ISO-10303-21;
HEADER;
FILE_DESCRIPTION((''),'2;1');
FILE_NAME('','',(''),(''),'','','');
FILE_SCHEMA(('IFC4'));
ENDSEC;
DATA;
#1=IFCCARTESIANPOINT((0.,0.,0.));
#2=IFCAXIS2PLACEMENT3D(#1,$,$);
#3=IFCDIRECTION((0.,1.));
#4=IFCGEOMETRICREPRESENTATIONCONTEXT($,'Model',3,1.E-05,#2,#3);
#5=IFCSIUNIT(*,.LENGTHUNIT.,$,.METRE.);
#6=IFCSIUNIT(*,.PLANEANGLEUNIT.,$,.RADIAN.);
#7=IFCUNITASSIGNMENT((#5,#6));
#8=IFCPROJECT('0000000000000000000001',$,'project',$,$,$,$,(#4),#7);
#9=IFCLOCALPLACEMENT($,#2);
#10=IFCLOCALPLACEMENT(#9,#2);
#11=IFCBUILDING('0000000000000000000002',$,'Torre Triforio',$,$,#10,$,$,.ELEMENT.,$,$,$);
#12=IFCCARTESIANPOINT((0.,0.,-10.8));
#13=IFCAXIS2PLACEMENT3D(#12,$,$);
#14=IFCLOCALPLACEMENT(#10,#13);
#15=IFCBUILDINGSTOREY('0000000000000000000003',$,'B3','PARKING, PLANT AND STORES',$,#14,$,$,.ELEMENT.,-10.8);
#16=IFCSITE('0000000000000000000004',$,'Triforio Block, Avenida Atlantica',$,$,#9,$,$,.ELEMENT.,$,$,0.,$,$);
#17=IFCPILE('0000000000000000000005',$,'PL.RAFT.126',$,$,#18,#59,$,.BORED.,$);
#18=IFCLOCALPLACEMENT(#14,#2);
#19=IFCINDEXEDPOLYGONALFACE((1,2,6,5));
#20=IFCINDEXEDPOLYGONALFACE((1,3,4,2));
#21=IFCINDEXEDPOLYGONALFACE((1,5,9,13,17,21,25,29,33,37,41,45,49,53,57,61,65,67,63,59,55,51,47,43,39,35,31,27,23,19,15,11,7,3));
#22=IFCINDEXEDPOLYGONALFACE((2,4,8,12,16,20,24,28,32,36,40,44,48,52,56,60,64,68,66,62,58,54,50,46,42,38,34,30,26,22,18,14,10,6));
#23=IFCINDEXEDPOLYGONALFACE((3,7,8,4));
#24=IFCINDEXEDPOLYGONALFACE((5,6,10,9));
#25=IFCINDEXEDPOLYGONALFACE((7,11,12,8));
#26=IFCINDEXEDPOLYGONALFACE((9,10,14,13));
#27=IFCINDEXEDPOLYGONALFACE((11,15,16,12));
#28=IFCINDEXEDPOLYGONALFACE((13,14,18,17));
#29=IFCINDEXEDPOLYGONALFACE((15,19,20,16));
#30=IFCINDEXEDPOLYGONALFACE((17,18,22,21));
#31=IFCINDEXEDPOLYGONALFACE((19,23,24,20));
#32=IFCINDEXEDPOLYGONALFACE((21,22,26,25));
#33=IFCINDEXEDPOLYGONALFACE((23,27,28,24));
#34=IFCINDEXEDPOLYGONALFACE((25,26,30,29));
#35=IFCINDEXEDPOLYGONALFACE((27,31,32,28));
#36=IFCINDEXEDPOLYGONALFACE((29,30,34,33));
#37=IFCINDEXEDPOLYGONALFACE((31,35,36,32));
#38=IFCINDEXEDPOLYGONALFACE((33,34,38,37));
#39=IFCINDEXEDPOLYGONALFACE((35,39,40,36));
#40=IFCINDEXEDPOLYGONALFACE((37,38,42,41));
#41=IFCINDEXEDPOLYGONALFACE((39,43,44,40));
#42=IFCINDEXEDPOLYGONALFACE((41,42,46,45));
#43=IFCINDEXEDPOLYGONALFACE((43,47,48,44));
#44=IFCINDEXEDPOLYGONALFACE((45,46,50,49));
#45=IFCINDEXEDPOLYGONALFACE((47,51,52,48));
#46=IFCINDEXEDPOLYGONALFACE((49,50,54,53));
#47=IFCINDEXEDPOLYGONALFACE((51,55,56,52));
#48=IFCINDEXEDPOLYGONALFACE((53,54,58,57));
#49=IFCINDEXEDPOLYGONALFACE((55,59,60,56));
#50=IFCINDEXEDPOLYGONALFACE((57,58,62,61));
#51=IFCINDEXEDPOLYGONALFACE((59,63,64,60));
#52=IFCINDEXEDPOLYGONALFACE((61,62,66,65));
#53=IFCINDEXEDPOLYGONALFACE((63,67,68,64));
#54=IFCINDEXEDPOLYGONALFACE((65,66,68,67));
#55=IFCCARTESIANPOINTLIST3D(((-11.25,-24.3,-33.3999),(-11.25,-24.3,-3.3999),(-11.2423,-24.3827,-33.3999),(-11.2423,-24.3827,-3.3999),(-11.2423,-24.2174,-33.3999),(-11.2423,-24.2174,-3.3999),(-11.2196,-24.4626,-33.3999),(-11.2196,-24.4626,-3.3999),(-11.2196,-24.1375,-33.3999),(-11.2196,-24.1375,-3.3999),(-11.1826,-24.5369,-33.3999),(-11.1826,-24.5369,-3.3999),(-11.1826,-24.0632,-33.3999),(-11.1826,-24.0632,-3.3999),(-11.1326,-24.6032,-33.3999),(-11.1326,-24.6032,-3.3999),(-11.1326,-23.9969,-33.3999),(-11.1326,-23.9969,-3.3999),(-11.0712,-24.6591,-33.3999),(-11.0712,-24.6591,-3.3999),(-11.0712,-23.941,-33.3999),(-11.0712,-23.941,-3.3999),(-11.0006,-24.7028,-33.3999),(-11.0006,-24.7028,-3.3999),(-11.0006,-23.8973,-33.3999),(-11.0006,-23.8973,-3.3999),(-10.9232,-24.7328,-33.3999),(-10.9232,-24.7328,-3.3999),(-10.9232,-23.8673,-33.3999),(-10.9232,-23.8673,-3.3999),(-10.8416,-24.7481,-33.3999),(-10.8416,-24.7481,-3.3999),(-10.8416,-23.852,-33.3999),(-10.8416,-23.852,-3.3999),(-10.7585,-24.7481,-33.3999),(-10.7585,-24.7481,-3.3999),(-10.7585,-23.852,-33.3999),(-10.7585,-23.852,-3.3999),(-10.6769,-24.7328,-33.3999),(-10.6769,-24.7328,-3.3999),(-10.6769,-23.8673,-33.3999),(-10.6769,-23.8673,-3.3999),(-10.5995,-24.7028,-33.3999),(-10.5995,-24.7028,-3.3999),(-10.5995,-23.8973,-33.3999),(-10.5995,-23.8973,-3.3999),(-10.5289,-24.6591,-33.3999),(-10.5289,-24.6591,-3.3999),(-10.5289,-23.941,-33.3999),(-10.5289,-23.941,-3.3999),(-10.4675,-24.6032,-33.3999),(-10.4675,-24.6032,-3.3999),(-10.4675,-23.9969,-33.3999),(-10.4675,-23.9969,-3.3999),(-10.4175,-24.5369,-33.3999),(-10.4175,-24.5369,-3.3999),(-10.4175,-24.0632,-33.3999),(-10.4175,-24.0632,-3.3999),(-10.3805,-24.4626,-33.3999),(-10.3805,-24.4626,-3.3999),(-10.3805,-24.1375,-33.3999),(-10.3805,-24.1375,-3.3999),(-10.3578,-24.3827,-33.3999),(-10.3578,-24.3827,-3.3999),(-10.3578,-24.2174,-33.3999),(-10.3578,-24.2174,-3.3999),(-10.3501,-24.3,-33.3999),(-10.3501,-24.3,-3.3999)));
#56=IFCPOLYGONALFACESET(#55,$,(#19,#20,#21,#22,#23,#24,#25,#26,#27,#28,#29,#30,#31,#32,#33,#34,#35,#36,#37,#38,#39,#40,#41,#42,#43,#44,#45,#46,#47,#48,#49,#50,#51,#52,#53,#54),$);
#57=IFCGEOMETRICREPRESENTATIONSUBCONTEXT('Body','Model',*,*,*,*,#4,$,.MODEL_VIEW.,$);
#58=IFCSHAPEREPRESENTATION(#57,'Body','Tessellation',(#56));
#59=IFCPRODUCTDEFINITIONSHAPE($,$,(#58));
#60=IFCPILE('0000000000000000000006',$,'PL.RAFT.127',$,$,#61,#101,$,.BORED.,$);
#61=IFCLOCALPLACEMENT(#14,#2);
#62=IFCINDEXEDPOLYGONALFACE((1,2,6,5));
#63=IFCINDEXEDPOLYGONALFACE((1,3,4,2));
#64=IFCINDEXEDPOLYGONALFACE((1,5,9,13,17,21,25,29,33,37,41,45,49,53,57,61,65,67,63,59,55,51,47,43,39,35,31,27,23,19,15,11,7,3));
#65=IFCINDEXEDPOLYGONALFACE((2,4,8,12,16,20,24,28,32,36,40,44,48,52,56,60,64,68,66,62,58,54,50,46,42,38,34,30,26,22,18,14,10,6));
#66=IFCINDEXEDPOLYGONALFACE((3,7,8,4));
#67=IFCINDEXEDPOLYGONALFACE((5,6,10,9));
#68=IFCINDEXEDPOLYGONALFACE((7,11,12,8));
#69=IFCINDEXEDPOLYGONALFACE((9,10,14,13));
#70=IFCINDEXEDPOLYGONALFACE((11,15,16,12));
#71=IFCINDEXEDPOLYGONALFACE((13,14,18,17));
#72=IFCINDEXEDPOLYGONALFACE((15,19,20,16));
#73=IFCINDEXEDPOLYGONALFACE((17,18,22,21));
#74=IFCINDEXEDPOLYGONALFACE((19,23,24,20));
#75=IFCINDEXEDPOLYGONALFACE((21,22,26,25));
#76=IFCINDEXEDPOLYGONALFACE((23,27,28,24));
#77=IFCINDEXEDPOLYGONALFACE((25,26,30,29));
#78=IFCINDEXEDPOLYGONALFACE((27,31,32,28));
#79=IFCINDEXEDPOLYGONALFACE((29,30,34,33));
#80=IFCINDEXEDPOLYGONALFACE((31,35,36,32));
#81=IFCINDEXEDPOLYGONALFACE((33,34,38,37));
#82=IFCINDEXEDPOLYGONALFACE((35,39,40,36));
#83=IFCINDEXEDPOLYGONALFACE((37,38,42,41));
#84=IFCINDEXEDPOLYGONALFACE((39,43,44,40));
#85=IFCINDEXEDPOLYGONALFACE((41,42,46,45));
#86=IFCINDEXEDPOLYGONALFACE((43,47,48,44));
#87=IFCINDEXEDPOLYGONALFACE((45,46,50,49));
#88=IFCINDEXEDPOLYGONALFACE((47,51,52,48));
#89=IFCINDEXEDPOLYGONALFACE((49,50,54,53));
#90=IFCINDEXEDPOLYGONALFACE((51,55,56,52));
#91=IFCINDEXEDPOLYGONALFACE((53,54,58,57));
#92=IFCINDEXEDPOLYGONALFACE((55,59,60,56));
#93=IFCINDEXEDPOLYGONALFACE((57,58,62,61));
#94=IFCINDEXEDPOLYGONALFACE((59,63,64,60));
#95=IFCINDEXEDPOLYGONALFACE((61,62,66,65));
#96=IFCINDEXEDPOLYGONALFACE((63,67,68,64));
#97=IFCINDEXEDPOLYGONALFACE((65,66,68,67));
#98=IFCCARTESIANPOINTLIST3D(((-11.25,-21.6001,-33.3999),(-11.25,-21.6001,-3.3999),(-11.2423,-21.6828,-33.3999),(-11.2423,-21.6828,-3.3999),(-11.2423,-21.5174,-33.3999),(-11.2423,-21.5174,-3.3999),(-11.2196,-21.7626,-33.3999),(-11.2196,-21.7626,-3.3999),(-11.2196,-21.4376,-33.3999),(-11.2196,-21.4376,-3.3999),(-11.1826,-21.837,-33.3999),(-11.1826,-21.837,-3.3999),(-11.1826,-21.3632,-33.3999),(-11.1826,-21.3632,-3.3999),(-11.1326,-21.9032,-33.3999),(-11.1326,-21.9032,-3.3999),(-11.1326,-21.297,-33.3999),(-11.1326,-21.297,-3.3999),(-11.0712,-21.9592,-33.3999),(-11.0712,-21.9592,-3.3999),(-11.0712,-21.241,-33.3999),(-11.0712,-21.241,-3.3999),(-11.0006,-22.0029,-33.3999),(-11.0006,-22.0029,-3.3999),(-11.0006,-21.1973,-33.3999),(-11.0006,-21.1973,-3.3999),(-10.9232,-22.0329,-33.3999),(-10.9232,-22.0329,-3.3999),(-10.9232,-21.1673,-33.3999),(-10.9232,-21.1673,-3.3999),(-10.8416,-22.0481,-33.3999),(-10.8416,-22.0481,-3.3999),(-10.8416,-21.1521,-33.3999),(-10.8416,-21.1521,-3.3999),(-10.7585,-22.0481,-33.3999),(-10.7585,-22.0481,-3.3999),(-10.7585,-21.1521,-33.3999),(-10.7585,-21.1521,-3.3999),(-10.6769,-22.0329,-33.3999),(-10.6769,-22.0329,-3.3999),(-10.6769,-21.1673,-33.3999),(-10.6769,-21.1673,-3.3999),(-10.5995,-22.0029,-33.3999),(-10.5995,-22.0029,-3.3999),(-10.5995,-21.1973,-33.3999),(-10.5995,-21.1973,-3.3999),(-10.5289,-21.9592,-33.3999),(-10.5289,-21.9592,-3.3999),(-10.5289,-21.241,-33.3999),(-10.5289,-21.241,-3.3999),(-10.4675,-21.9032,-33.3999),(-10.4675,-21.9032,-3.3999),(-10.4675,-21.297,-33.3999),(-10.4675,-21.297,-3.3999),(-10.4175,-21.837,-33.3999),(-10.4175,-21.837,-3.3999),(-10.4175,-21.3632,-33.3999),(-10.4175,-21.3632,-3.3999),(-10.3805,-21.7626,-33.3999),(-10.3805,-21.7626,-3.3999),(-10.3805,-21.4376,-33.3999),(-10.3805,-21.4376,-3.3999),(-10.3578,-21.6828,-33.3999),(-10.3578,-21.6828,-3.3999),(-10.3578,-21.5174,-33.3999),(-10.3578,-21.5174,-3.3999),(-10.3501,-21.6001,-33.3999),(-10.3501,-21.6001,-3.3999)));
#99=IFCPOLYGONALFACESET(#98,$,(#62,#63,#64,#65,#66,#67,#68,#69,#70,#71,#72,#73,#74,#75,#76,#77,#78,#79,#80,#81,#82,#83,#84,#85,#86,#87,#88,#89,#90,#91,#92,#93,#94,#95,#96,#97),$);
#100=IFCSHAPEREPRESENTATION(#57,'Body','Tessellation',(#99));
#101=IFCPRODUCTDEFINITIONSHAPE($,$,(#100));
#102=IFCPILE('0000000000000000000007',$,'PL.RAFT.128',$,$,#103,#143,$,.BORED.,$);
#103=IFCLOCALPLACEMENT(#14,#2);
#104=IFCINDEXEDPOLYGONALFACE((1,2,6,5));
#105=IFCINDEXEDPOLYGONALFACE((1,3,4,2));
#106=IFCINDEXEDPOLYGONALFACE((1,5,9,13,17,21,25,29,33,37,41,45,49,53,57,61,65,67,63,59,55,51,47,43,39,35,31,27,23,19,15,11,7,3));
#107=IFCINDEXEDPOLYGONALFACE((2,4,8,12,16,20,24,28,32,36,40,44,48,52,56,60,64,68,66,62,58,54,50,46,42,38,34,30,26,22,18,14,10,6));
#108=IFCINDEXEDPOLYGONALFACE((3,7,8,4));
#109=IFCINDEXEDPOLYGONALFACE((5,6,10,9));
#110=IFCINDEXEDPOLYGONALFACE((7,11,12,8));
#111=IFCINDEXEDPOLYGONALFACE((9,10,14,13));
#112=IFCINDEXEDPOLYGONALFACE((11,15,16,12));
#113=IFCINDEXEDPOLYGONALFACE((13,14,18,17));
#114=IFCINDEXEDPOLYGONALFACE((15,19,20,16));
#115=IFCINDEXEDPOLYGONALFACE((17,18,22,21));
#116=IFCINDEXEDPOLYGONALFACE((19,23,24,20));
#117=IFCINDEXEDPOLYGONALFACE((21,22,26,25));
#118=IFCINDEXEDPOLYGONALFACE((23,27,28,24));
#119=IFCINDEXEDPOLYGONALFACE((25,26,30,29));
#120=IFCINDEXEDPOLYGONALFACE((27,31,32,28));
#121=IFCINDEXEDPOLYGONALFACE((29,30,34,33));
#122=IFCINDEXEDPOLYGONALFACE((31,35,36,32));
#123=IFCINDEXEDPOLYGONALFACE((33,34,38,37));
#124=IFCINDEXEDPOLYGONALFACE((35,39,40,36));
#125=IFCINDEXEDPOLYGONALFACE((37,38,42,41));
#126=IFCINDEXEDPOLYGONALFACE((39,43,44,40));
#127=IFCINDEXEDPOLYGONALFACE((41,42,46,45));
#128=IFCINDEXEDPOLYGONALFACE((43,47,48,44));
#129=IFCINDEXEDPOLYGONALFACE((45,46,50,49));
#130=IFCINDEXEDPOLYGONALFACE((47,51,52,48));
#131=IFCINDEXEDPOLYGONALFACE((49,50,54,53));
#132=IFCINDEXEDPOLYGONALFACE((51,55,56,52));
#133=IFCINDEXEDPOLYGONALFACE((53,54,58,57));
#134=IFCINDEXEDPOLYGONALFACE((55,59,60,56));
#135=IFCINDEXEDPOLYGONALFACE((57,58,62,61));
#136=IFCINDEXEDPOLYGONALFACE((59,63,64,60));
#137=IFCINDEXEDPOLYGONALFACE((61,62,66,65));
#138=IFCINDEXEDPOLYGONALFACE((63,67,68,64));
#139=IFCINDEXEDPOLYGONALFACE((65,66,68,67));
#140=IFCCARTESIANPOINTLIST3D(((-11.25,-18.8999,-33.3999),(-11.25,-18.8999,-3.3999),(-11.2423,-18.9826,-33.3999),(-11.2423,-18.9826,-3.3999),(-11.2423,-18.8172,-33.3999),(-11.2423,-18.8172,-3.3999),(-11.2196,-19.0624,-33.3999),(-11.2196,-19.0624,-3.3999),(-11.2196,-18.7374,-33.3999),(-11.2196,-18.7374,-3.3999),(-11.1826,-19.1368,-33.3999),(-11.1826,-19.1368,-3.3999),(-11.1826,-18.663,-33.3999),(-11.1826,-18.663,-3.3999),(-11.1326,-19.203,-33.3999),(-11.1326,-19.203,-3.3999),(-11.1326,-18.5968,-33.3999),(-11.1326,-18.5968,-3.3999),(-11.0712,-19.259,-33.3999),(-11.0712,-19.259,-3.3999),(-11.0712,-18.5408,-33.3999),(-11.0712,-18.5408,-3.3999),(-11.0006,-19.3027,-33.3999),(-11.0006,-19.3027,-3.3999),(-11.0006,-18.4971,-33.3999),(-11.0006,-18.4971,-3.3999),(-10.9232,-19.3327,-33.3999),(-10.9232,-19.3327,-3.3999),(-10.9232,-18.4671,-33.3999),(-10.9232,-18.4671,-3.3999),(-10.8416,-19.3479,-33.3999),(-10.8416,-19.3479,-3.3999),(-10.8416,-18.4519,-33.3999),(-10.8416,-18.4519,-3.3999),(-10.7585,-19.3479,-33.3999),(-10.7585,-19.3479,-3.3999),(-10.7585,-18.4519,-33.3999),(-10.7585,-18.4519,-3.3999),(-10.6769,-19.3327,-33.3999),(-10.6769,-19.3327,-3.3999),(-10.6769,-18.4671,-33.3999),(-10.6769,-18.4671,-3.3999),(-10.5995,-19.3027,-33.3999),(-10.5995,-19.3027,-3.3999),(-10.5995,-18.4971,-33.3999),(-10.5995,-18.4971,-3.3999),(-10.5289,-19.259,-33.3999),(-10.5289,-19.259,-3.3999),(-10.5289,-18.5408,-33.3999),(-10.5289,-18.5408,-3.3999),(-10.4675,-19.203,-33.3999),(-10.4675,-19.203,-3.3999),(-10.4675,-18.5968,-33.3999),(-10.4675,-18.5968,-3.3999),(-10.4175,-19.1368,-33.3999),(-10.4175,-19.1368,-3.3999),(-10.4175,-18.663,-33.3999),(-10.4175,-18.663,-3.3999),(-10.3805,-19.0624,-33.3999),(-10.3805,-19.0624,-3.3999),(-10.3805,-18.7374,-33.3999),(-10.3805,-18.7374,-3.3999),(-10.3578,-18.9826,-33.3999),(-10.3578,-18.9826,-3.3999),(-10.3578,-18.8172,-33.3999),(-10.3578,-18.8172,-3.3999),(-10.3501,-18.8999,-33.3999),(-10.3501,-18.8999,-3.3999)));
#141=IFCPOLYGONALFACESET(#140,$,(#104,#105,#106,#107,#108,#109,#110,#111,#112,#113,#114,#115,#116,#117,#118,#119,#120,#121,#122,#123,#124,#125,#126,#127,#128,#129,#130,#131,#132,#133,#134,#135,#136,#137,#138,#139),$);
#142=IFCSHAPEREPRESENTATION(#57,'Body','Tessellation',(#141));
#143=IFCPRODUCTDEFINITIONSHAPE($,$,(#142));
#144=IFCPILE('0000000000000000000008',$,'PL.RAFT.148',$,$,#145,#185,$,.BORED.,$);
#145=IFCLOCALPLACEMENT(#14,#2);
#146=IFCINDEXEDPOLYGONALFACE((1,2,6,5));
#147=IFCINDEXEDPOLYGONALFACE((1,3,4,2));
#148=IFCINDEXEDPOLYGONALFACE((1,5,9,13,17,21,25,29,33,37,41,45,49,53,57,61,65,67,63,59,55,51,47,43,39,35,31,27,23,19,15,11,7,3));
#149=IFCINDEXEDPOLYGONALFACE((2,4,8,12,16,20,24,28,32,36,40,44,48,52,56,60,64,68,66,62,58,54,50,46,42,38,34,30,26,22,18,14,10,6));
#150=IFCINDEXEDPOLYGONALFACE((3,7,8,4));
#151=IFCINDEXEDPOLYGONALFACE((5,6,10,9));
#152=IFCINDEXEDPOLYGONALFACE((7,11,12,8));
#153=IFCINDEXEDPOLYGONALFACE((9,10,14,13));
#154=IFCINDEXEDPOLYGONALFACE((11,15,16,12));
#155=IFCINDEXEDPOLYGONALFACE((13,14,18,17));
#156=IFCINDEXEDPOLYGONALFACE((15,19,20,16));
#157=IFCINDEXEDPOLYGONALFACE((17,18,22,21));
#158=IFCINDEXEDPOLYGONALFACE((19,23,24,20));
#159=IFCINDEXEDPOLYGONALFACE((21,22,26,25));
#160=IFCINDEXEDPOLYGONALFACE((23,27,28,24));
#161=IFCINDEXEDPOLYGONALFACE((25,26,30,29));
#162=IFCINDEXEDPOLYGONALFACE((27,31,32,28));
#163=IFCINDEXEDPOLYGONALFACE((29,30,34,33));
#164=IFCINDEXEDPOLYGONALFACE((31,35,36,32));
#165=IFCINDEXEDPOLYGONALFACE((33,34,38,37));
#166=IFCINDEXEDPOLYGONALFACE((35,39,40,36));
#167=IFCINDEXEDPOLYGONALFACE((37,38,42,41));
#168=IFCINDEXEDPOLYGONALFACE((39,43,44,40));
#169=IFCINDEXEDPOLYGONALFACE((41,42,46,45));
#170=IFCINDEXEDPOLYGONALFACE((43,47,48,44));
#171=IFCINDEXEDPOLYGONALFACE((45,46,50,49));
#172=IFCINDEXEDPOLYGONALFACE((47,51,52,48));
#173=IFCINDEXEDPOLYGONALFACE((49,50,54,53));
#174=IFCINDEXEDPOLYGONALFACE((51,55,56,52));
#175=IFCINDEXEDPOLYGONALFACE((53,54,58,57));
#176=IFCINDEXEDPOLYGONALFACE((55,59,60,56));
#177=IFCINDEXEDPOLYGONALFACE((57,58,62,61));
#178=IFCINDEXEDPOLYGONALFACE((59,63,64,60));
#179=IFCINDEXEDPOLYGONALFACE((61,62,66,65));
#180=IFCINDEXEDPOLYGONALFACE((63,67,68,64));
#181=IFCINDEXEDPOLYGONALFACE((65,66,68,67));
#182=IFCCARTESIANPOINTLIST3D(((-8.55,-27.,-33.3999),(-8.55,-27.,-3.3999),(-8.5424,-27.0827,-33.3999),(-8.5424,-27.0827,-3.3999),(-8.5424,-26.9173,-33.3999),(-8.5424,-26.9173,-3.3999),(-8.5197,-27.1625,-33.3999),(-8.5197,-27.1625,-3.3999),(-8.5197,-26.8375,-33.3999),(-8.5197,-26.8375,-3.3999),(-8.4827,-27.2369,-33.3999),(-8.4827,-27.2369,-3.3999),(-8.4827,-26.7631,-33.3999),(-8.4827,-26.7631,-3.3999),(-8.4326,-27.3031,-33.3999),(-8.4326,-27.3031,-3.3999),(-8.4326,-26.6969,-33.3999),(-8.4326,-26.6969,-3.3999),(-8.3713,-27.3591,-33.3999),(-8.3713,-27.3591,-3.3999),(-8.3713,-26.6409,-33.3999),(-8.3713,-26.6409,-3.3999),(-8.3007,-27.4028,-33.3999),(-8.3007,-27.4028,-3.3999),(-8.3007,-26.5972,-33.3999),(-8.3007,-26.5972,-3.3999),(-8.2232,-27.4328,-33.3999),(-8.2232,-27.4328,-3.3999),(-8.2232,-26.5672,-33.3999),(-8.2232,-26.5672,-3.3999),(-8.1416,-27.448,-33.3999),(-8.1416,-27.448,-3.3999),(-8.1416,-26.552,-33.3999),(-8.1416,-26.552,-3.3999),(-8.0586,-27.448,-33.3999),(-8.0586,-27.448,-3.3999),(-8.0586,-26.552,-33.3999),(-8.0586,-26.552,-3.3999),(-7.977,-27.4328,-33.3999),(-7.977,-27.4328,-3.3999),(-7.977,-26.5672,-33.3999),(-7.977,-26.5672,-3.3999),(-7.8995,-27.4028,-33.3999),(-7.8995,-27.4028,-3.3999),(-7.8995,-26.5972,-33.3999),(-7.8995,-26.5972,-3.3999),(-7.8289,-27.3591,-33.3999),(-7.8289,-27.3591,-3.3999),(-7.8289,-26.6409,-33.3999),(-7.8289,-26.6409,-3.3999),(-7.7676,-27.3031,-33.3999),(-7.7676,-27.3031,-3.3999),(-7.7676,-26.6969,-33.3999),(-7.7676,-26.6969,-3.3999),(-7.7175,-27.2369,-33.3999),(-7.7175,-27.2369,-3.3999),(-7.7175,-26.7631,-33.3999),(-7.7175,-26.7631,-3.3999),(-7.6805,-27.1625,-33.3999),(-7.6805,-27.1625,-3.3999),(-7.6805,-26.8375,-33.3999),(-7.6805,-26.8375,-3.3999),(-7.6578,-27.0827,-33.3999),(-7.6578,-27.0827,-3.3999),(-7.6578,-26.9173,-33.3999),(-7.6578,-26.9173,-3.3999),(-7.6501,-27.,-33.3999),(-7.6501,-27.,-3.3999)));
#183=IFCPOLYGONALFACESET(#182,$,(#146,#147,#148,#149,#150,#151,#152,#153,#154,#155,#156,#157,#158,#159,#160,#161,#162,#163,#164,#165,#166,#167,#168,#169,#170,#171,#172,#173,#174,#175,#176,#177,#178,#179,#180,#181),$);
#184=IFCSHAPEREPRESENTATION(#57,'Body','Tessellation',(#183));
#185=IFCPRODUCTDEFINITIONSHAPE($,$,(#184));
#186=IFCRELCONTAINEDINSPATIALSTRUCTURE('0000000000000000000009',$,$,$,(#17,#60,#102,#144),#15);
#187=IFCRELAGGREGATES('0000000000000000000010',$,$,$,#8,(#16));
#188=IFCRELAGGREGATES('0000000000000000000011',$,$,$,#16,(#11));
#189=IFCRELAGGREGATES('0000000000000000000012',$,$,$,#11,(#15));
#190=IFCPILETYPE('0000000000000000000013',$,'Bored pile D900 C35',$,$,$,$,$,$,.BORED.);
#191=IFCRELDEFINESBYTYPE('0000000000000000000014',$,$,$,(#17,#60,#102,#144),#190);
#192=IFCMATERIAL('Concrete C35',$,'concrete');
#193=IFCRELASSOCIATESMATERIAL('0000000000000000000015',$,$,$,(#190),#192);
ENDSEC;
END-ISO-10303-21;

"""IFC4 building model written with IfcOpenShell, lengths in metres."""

from ifc_helpers import new_model, si_unit, direction, frame, origin, origin_2d, place, context, subcontext, project, spatial, circle, extrude, material, material_profile, profile_set, type_object, element, save


model = new_model("IFC4")

# Units and contexts
model_context = context("Model", 3, precision=1e-05, world=origin(), true_north=direction((0.0, 1.0)))
body_context = subcontext(model_context, "Body", "Model", "MODEL_VIEW")
ifc_project = project(units=[si_unit("LENGTHUNIT", "METRE"), si_unit("PLANEANGLEUNIT", "RADIAN")], contexts=[model_context])

# Site, building, storey
site_placement = place(None, origin())
site = spatial("IfcSite", under=ifc_project, at=site_placement, Name="Triforio Block, Avenida Atlantica", CompositionType="ELEMENT", RefElevation=0.0)
building_placement = place(site_placement, origin())
building = spatial("IfcBuilding", under=site, at=building_placement, Name="Torre Triforio", CompositionType="ELEMENT")
storey_placement = place(building_placement, frame((0.0, 0.0, -10.8)))
storey = spatial("IfcBuildingStorey", under=building, at=storey_placement, Name="B3", Description="PARKING, PLANT AND STORES", CompositionType="ELEMENT", Elevation=-10.8)

# Piles
ifc_material_1 = material(Name="Concrete C35", Category="concrete")
ifc_material_profile_1 = material_profile(ifc_material_1, circle(Radius=0.45, at=origin_2d()), Name="RC D900")
ifc_profile_set_1 = profile_set([ifc_material_profile_1], Name="Concrete C35")
pile_type = type_object("IfcPileType", Name="Bored pile D900 C35", PredefinedType="BORED", material=ifc_profile_set_1)
for number, where, z_axis, x_axis, name in (
    (1, (-10.8, -24.3, -3.3999), (0.0, 0.0, -1.0), (1.0, 0.0, 0.0), "PL.RAFT.126"),
    (2, (-10.8, -21.6001, -3.3999), (0.0, 0.0, -1.0), (1.0, 0.0, 0.0), "PL.RAFT.127"),
    (3, (-10.8, -18.8999, -3.3999), (0.0, 0.0, -1.0), (1.0, 0.0, 0.0), "PL.RAFT.128"),
    (4, (-8.1001, -27.0, -3.3999), (0.0, 0.0, -1.0), (1.0, 0.0, 0.0), "PL.RAFT.148"),
):
    element("IfcPile", number, at=place(storey_placement, frame(where, z_axis=z_axis, x_axis=x_axis)), inside=storey, type_object=pile_type, Name=name, PredefinedType="BORED", context=body_context, shape_type="SweptSolid", body=[
        extrude(circle(Radius=0.45, at=origin_2d()), origin(), (0.0, 0.0, 1.0), 30.0),
    ])

save(model, "model.ifc")
